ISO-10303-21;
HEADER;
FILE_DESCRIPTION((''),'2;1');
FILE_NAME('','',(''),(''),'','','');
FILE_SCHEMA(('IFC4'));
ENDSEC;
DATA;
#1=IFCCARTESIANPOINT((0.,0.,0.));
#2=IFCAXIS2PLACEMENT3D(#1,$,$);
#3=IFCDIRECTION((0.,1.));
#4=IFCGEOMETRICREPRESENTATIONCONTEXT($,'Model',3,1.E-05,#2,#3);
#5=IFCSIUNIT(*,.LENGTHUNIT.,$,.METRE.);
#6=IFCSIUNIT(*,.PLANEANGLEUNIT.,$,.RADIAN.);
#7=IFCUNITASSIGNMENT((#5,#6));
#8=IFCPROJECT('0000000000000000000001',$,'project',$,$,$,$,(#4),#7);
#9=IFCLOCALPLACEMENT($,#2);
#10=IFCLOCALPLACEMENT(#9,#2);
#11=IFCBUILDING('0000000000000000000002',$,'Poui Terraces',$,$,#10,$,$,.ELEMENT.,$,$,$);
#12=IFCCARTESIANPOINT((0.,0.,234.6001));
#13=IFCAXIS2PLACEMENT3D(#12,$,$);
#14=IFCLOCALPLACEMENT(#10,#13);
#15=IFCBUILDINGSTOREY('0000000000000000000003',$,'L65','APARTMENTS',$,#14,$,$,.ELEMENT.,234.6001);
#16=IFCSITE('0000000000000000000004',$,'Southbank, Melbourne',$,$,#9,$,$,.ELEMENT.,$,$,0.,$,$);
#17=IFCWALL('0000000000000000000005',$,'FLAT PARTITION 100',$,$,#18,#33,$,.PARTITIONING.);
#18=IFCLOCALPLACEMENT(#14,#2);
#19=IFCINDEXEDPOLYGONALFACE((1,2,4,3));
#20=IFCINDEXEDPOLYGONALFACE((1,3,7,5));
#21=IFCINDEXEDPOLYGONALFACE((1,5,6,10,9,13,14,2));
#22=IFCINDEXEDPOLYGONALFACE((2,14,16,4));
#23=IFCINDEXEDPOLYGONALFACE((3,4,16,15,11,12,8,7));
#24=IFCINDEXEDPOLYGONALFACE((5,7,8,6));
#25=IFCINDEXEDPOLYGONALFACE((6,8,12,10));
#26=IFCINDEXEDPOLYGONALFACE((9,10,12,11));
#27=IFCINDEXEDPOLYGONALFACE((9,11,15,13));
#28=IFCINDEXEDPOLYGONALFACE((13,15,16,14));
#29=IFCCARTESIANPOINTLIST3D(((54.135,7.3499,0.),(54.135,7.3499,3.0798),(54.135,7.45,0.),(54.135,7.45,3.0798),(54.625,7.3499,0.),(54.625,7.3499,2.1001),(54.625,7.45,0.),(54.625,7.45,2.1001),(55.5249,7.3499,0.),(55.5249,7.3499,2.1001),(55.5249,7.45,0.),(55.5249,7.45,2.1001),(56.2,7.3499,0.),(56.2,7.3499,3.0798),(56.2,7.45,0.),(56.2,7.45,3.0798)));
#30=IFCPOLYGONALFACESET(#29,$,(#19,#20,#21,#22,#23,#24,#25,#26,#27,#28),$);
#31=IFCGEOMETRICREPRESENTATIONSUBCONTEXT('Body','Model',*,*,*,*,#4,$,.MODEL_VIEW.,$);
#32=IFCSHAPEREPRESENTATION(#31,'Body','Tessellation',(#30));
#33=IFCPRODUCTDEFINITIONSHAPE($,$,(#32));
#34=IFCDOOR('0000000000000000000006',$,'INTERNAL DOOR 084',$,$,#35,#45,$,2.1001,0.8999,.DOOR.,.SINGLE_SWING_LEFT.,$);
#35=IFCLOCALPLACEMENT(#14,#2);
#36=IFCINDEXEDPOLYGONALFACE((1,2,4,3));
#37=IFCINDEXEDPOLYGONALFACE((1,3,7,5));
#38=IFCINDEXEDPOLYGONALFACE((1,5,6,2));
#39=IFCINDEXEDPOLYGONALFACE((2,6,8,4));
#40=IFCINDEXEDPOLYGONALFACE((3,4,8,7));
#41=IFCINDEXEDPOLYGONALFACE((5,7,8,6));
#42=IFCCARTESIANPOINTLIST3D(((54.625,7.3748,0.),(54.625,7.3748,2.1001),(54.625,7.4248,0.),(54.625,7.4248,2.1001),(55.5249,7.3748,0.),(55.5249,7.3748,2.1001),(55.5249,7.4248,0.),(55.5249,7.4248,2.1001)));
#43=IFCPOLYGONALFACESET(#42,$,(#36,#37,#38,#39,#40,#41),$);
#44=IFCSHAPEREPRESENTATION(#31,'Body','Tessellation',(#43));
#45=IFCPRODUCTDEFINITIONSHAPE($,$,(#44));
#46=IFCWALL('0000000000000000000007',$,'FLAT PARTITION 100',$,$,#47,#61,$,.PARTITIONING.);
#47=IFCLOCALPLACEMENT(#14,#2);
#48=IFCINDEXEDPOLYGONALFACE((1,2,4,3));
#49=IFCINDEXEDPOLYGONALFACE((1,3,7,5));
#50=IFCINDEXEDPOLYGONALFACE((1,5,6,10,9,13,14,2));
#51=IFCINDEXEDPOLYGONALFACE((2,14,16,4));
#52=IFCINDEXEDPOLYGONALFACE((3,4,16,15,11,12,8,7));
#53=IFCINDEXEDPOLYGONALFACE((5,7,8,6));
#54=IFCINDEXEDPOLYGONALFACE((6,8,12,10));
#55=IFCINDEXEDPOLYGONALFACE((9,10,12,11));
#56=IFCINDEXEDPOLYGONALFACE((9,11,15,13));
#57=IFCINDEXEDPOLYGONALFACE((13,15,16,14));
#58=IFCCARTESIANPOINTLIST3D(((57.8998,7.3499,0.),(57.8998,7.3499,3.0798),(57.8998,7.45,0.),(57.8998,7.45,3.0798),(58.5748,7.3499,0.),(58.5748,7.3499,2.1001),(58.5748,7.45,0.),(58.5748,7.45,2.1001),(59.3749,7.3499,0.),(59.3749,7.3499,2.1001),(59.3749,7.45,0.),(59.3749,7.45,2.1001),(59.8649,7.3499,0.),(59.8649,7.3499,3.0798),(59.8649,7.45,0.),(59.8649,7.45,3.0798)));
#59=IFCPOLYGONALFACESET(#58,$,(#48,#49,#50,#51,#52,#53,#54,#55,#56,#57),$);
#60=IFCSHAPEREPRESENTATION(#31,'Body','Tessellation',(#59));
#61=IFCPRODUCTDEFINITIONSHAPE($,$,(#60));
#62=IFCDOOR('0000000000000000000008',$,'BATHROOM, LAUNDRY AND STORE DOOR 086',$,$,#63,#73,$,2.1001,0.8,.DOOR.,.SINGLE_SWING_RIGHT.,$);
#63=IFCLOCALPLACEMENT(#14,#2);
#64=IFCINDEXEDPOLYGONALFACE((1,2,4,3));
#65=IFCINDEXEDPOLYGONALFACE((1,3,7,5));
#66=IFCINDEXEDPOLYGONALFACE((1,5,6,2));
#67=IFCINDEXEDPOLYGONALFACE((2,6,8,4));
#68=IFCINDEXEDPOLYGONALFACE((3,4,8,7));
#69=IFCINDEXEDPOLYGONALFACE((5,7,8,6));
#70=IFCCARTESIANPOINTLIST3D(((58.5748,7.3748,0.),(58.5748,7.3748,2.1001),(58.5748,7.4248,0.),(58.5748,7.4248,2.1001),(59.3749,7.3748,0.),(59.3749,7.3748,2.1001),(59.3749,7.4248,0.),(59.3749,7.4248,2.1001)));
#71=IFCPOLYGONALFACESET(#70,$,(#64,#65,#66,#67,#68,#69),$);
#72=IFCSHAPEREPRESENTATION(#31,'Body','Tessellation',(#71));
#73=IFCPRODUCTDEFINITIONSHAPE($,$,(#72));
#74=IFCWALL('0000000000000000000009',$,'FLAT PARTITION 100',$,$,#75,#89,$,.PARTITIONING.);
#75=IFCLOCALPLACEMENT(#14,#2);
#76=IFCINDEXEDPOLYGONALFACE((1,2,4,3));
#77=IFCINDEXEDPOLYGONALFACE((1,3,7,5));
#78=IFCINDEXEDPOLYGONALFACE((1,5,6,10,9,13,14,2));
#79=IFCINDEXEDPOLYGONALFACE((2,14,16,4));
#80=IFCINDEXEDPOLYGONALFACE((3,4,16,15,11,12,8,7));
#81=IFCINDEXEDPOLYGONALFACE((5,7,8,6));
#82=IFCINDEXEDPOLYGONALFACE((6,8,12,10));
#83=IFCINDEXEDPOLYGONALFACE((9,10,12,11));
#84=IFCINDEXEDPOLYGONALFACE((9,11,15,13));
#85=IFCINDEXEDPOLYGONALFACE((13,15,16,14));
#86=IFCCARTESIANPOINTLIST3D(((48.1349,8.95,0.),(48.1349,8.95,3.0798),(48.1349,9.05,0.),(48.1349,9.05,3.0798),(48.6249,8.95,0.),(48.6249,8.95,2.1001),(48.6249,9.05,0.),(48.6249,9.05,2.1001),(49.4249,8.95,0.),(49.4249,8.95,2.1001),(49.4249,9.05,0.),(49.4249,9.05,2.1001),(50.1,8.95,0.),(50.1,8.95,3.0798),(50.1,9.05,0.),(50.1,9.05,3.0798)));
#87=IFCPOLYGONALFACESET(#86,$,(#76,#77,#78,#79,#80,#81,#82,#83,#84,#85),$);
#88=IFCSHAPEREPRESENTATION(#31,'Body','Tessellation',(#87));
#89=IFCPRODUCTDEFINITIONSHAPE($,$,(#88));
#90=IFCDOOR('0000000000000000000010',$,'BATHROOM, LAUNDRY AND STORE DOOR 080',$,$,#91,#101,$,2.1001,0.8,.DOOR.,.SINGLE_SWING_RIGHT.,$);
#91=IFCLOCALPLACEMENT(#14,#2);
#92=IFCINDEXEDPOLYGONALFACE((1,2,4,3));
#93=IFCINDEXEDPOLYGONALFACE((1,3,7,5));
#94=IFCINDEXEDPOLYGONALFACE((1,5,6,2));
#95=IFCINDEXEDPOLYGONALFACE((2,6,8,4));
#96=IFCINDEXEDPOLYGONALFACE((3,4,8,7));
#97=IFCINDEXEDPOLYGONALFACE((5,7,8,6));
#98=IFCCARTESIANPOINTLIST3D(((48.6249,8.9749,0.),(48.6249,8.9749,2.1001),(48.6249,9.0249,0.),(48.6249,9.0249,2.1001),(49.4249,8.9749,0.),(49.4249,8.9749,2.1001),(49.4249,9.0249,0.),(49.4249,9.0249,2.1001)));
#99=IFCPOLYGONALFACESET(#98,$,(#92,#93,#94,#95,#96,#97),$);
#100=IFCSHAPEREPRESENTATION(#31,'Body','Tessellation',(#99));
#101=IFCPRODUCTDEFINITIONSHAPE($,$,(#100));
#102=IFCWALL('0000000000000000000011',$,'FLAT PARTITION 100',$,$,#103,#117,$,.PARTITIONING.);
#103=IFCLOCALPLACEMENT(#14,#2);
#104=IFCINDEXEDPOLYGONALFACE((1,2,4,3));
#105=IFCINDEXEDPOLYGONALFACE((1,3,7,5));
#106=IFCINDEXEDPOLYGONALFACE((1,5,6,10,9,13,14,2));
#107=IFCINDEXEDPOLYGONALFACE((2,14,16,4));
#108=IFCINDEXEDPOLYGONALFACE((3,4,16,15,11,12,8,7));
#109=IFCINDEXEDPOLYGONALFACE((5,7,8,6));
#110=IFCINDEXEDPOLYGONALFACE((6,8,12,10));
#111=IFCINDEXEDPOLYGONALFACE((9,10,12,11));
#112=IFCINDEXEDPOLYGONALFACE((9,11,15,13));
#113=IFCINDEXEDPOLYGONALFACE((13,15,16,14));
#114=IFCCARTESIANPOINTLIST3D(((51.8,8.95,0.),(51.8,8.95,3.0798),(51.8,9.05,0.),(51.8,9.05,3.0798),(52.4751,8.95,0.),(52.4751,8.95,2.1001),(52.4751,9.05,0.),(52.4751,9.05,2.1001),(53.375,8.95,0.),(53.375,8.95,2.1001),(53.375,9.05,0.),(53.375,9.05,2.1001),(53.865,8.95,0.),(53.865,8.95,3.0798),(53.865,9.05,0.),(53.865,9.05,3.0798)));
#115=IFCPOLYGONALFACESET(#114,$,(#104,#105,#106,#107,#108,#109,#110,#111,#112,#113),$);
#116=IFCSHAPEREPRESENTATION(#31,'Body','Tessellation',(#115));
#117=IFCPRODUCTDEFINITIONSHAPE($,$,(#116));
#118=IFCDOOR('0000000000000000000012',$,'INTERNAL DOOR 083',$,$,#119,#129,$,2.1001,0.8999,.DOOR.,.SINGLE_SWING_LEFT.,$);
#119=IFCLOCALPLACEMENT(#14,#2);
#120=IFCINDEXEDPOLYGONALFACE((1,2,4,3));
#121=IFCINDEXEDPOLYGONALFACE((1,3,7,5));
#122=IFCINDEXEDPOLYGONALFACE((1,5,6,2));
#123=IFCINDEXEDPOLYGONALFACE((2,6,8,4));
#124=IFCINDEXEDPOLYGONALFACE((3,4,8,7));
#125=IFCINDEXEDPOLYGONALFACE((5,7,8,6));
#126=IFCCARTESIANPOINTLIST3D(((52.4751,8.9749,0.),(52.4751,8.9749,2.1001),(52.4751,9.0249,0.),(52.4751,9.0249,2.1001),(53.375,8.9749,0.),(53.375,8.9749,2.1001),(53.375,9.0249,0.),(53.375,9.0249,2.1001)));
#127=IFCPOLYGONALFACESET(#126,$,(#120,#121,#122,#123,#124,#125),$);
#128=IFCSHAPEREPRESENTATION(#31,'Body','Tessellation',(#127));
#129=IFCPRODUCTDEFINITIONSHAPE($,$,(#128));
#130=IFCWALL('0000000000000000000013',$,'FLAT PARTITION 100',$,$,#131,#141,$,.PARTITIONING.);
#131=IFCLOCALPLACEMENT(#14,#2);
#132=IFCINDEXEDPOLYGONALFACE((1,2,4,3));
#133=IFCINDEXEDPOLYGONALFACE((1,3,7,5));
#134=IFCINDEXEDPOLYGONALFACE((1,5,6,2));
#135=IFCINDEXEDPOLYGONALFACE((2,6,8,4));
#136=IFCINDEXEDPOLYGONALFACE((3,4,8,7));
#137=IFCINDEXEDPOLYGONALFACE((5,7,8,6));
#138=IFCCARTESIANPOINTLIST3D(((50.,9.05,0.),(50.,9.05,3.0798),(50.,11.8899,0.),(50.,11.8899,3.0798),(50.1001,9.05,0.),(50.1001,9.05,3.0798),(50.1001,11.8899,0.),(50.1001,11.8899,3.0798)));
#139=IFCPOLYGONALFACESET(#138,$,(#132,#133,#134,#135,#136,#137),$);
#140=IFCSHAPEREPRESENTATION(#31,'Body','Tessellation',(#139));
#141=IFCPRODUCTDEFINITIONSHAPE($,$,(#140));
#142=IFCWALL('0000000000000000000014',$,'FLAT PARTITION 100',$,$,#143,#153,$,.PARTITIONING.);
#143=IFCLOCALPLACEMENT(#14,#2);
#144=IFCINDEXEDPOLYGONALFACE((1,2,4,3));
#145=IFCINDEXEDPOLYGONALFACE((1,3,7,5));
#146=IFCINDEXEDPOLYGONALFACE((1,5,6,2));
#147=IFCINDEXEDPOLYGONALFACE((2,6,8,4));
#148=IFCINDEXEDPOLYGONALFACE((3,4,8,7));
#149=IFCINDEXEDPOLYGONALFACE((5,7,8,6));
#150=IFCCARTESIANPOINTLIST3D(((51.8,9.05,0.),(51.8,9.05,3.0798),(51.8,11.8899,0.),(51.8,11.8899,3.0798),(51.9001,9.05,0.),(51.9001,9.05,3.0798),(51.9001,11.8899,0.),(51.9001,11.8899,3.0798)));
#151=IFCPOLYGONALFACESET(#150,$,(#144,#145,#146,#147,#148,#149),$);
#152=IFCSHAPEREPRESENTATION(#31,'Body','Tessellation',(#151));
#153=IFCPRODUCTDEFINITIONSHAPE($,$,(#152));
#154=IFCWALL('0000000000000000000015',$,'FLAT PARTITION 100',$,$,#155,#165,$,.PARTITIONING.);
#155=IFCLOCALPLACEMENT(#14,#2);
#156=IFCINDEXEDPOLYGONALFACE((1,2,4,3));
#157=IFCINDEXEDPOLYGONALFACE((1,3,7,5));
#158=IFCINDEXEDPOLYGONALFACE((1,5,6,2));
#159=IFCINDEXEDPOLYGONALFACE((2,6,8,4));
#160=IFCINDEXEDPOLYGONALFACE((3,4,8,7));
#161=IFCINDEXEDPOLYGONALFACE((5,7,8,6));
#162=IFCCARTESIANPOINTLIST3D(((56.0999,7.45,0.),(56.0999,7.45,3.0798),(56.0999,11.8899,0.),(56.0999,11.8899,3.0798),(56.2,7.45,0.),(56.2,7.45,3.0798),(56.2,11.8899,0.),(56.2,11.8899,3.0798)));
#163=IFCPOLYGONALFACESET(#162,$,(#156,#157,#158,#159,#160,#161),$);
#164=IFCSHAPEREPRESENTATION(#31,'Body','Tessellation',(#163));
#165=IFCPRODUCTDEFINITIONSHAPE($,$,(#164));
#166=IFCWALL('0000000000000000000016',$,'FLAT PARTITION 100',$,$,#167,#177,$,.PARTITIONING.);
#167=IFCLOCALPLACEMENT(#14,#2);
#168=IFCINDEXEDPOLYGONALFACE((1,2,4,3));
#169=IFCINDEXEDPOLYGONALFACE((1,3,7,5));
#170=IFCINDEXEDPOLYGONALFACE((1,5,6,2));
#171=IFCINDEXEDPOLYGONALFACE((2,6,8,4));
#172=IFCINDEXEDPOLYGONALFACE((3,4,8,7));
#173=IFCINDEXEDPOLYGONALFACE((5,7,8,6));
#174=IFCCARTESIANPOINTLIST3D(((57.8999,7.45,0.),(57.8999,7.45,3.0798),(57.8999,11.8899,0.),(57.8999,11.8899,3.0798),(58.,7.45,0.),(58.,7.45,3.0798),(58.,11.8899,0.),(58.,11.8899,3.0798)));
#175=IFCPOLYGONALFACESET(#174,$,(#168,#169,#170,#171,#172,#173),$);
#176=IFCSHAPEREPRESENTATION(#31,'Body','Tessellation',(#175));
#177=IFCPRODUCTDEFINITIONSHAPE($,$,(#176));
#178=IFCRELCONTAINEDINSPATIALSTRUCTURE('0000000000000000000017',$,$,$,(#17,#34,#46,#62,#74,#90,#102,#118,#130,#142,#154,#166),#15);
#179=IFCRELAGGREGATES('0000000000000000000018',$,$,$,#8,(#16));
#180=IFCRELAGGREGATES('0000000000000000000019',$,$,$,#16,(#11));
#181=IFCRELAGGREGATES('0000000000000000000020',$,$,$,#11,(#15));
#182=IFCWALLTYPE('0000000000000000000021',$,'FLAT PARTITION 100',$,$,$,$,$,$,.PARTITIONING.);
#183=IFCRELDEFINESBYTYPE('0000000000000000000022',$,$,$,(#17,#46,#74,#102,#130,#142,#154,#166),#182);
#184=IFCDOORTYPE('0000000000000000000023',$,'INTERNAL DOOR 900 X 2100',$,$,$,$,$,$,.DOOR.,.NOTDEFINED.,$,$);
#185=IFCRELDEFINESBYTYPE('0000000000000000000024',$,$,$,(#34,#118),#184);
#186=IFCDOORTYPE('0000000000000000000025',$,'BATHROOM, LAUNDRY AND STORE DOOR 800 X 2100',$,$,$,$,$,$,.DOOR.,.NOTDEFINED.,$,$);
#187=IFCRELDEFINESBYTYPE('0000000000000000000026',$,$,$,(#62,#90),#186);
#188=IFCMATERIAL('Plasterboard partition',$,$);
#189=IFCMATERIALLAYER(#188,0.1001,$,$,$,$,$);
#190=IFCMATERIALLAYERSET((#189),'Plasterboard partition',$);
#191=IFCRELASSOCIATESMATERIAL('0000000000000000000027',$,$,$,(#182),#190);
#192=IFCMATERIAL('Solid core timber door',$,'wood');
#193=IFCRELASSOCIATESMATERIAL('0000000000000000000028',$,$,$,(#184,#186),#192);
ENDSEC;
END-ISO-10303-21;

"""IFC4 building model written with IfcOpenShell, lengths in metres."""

from ifc_helpers import new_model, si_unit, direction, frame, frame_2d, origin, place, context, subcontext, project, spatial, rectangle, extrude, material, layer, layer_set, type_object, element, fill, save


model = new_model("IFC4")

# Units and contexts
model_context = context("Model", 3, precision=1e-05, world=origin(), true_north=direction((0.0, 1.0)))
body_context = subcontext(model_context, "Body", "Model", "MODEL_VIEW")
ifc_project = project(units=[si_unit("LENGTHUNIT", "METRE"), si_unit("PLANEANGLEUNIT", "RADIAN")], contexts=[model_context])

# Site, building, storey
site_placement = place(None, origin())
site = spatial("IfcSite", under=ifc_project, at=site_placement, Name="Southbank, Melbourne", CompositionType="ELEMENT", RefElevation=0.0)
building_placement = place(site_placement, origin())
building = spatial("IfcBuilding", under=site, at=building_placement, Name="Poui Terraces", CompositionType="ELEMENT")
storey_placement = place(building_placement, frame((0.0, 0.0, 234.6001)))
storey = spatial("IfcBuildingStorey", under=building, at=storey_placement, Name="L65", Description="APARTMENTS", CompositionType="ELEMENT", Elevation=234.6001)

# Walls, openings, doors
ifc_material_1 = material(Name="Plasterboard partition")
ifc_layer_1 = layer(ifc_material_1, 0.1001)
ifc_layer_set_1 = layer_set([ifc_layer_1], Name="Plasterboard partition")
wall_type_1 = type_object("IfcWallType", Name="FLAT PARTITION 100", PredefinedType="PARTITIONING", material=ifc_layer_set_1)
wall_1_placement = place(storey_placement, frame((54.135, 7.3999, 0.0), z_axis=(0.0, 0.0, 1.0), x_axis=(1.0, 0.0, 0.0)))
wall_1 = element("IfcWall", 1, at=wall_1_placement, inside=storey, type_object=wall_type_1, Name="FLAT PARTITION 100", PredefinedType="PARTITIONING", context=body_context, shape_type="SweptSolid", body=[
    extrude(rectangle(XDim=2.0649, YDim=0.1001, at=frame_2d((1.0325, 0.0))), origin(), (0.0, 0.0, 1.0), 3.0798),
])
opening_1_placement = place(wall_1_placement, frame((0.49, 0.0, 0.0)))
opening_1 = element("IfcOpeningElement", 2, at=opening_1_placement, cuts=wall_1, PredefinedType="OPENING", context=body_context, shape_type="SweptSolid", body=[
    extrude(rectangle(XDim=0.8999, YDim=2.1001, at=frame_2d((0.45, 1.05))), frame((0.0, 0.0601, 0.0), z_axis=(0.0, -1.0, 0.0), x_axis=(1.0, 0.0, 0.0)), (0.0, 0.0, 1.0), 0.1201),
])
ifc_material_2 = material(Name="Solid core timber door", Category="wood")
door_type_1 = type_object("IfcDoorType", Name="INTERNAL DOOR 900 X 2100", OperationType="NOTDEFINED", PredefinedType="DOOR", material=ifc_material_2)
door_1_placement = place(opening_1_placement, origin())
door_1 = element("IfcDoor", 3, at=door_1_placement, inside=storey, type_object=door_type_1, Name="INTERNAL DOOR 084", OperationType="SINGLE_SWING_LEFT", OverallHeight=2.1001, OverallWidth=0.8999, PredefinedType="DOOR", context=body_context, shape_type="SweptSolid", body=[
    extrude(rectangle(XDim=0.8999, YDim=2.1001, at=frame_2d((0.45, 1.05))), frame((0.0, 0.0249, 0.0), z_axis=(0.0, -1.0, 0.0), x_axis=(1.0, 0.0, 0.0)), (0.0, 0.0, 1.0), 0.05),
])
fill(opening_1, door_1)
wall_2_placement = place(storey_placement, frame((57.8999, 7.3999, 0.0), z_axis=(0.0, 0.0, 1.0), x_axis=(1.0, 0.0, 0.0)))
wall_2 = element("IfcWall", 4, at=wall_2_placement, inside=storey, type_object=wall_type_1, Name="FLAT PARTITION 100", PredefinedType="PARTITIONING", context=body_context, shape_type="SweptSolid", body=[
    extrude(rectangle(XDim=1.9651, YDim=0.1001, at=frame_2d((0.9824, 0.0))), origin(), (0.0, 0.0, 1.0), 3.0798),
])
opening_2_placement = place(wall_2_placement, frame((0.675, 0.0, 0.0)))
opening_2 = element("IfcOpeningElement", 5, at=opening_2_placement, cuts=wall_2, PredefinedType="OPENING", context=body_context, shape_type="SweptSolid", body=[
    extrude(rectangle(XDim=0.8, YDim=2.1001, at=frame_2d((0.3999, 1.05))), frame((0.0, 0.0601, 0.0), z_axis=(0.0, -1.0, 0.0), x_axis=(1.0, 0.0, 0.0)), (0.0, 0.0, 1.0), 0.1201),
])
door_type_2 = type_object("IfcDoorType", Name="BATHROOM, LAUNDRY AND STORE DOOR 800 X 2100", OperationType="NOTDEFINED", PredefinedType="DOOR", material=ifc_material_2)
door_2_placement = place(opening_2_placement, origin())
door_2 = element("IfcDoor", 6, at=door_2_placement, inside=storey, type_object=door_type_2, Name="BATHROOM, LAUNDRY AND STORE DOOR 086", OperationType="SINGLE_SWING_RIGHT", OverallHeight=2.1001, OverallWidth=0.8, PredefinedType="DOOR", context=body_context, shape_type="SweptSolid", body=[
    extrude(rectangle(XDim=0.8, YDim=2.1001, at=frame_2d((0.3999, 1.05))), frame((0.0, 0.0249, 0.0), z_axis=(0.0, -1.0, 0.0), x_axis=(1.0, 0.0, 0.0)), (0.0, 0.0, 1.0), 0.05),
])
fill(opening_2, door_2)
wall_3_placement = place(storey_placement, frame((48.135, 9.0, 0.0), z_axis=(0.0, 0.0, 1.0), x_axis=(1.0, 0.0, 0.0)))
wall_3 = element("IfcWall", 7, at=wall_3_placement, inside=storey, type_object=wall_type_1, Name="FLAT PARTITION 100", PredefinedType="PARTITIONING", context=body_context, shape_type="SweptSolid", body=[
    extrude(rectangle(XDim=1.9651, YDim=0.1001, at=frame_2d((0.9824, 0.0))), origin(), (0.0, 0.0, 1.0), 3.0798),
])
opening_3_placement = place(wall_3_placement, frame((0.49, 0.0, 0.0)))
opening_3 = element("IfcOpeningElement", 8, at=opening_3_placement, cuts=wall_3, PredefinedType="OPENING", context=body_context, shape_type="SweptSolid", body=[
    extrude(rectangle(XDim=0.8, YDim=2.1001, at=frame_2d((0.3999, 1.05))), frame((0.0, 0.0601, 0.0), z_axis=(0.0, -1.0, 0.0), x_axis=(1.0, 0.0, 0.0)), (0.0, 0.0, 1.0), 0.1201),
])
door_3_placement = place(opening_3_placement, origin())
door_3 = element("IfcDoor", 9, at=door_3_placement, inside=storey, type_object=door_type_2, Name="BATHROOM, LAUNDRY AND STORE DOOR 080", OperationType="SINGLE_SWING_RIGHT", OverallHeight=2.1001, OverallWidth=0.8, PredefinedType="DOOR", context=body_context, shape_type="SweptSolid", body=[
    extrude(rectangle(XDim=0.8, YDim=2.1001, at=frame_2d((0.3999, 1.05))), frame((0.0, 0.0249, 0.0), z_axis=(0.0, -1.0, 0.0), x_axis=(1.0, 0.0, 0.0)), (0.0, 0.0, 1.0), 0.05),
])
fill(opening_3, door_3)
wall_4_placement = place(storey_placement, frame((51.8, 9.0, 0.0), z_axis=(0.0, 0.0, 1.0), x_axis=(1.0, 0.0, 0.0)))
wall_4 = element("IfcWall", 10, at=wall_4_placement, inside=storey, type_object=wall_type_1, Name="FLAT PARTITION 100", PredefinedType="PARTITIONING", context=body_context, shape_type="SweptSolid", body=[
    extrude(rectangle(XDim=2.0649, YDim=0.1001, at=frame_2d((1.0325, 0.0))), origin(), (0.0, 0.0, 1.0), 3.0798),
])
opening_4_placement = place(wall_4_placement, frame((0.675, 0.0, 0.0)))
opening_4 = element("IfcOpeningElement", 11, at=opening_4_placement, cuts=wall_4, PredefinedType="OPENING", context=body_context, shape_type="SweptSolid", body=[
    extrude(rectangle(XDim=0.8999, YDim=2.1001, at=frame_2d((0.45, 1.05))), frame((0.0, 0.0601, 0.0), z_axis=(0.0, -1.0, 0.0), x_axis=(1.0, 0.0, 0.0)), (0.0, 0.0, 1.0), 0.1201),
])
door_4_placement = place(opening_4_placement, origin())
door_4 = element("IfcDoor", 12, at=door_4_placement, inside=storey, type_object=door_type_1, Name="INTERNAL DOOR 083", OperationType="SINGLE_SWING_LEFT", OverallHeight=2.1001, OverallWidth=0.8999, PredefinedType="DOOR", context=body_context, shape_type="SweptSolid", body=[
    extrude(rectangle(XDim=0.8999, YDim=2.1001, at=frame_2d((0.45, 1.05))), frame((0.0, 0.0249, 0.0), z_axis=(0.0, -1.0, 0.0), x_axis=(1.0, 0.0, 0.0)), (0.0, 0.0, 1.0), 0.05),
])
fill(opening_4, door_4)

# Walls
for number, where, z_axis, x_axis, name in (
    (13, (50.05, 9.05, 0.0), (0.0, 0.0, 1.0), (0.0, 1.0, 0.0), "FLAT PARTITION 100"),
    (14, (51.8501, 9.05, 0.0), (0.0, 0.0, 1.0), (0.0, 1.0, 0.0), "FLAT PARTITION 100"),
):
    element("IfcWall", number, at=place(storey_placement, frame(where, z_axis=z_axis, x_axis=x_axis)), inside=storey, type_object=wall_type_1, Name=name, PredefinedType="PARTITIONING", context=body_context, shape_type="SweptSolid", body=[
        extrude(rectangle(XDim=2.8398, YDim=0.1001, at=frame_2d((1.4199, 0.0))), origin(), (0.0, 0.0, 1.0), 3.0798),
    ])
for number, where, z_axis, x_axis, name in (
    (15, (56.1499, 7.45, 0.0), (0.0, 0.0, 1.0), (0.0, 1.0, 0.0), "FLAT PARTITION 100"),
    (16, (57.95, 7.45, 0.0), (0.0, 0.0, 1.0), (0.0, 1.0, 0.0), "FLAT PARTITION 100"),
):
    element("IfcWall", number, at=place(storey_placement, frame(where, z_axis=z_axis, x_axis=x_axis)), inside=storey, type_object=wall_type_1, Name=name, PredefinedType="PARTITIONING", context=body_context, shape_type="SweptSolid", body=[
        extrude(rectangle(XDim=4.4399, YDim=0.1001, at=frame_2d((2.22, 0.0))), origin(), (0.0, 0.0, 1.0), 3.0798),
    ])

save(model, "model.ifc")
